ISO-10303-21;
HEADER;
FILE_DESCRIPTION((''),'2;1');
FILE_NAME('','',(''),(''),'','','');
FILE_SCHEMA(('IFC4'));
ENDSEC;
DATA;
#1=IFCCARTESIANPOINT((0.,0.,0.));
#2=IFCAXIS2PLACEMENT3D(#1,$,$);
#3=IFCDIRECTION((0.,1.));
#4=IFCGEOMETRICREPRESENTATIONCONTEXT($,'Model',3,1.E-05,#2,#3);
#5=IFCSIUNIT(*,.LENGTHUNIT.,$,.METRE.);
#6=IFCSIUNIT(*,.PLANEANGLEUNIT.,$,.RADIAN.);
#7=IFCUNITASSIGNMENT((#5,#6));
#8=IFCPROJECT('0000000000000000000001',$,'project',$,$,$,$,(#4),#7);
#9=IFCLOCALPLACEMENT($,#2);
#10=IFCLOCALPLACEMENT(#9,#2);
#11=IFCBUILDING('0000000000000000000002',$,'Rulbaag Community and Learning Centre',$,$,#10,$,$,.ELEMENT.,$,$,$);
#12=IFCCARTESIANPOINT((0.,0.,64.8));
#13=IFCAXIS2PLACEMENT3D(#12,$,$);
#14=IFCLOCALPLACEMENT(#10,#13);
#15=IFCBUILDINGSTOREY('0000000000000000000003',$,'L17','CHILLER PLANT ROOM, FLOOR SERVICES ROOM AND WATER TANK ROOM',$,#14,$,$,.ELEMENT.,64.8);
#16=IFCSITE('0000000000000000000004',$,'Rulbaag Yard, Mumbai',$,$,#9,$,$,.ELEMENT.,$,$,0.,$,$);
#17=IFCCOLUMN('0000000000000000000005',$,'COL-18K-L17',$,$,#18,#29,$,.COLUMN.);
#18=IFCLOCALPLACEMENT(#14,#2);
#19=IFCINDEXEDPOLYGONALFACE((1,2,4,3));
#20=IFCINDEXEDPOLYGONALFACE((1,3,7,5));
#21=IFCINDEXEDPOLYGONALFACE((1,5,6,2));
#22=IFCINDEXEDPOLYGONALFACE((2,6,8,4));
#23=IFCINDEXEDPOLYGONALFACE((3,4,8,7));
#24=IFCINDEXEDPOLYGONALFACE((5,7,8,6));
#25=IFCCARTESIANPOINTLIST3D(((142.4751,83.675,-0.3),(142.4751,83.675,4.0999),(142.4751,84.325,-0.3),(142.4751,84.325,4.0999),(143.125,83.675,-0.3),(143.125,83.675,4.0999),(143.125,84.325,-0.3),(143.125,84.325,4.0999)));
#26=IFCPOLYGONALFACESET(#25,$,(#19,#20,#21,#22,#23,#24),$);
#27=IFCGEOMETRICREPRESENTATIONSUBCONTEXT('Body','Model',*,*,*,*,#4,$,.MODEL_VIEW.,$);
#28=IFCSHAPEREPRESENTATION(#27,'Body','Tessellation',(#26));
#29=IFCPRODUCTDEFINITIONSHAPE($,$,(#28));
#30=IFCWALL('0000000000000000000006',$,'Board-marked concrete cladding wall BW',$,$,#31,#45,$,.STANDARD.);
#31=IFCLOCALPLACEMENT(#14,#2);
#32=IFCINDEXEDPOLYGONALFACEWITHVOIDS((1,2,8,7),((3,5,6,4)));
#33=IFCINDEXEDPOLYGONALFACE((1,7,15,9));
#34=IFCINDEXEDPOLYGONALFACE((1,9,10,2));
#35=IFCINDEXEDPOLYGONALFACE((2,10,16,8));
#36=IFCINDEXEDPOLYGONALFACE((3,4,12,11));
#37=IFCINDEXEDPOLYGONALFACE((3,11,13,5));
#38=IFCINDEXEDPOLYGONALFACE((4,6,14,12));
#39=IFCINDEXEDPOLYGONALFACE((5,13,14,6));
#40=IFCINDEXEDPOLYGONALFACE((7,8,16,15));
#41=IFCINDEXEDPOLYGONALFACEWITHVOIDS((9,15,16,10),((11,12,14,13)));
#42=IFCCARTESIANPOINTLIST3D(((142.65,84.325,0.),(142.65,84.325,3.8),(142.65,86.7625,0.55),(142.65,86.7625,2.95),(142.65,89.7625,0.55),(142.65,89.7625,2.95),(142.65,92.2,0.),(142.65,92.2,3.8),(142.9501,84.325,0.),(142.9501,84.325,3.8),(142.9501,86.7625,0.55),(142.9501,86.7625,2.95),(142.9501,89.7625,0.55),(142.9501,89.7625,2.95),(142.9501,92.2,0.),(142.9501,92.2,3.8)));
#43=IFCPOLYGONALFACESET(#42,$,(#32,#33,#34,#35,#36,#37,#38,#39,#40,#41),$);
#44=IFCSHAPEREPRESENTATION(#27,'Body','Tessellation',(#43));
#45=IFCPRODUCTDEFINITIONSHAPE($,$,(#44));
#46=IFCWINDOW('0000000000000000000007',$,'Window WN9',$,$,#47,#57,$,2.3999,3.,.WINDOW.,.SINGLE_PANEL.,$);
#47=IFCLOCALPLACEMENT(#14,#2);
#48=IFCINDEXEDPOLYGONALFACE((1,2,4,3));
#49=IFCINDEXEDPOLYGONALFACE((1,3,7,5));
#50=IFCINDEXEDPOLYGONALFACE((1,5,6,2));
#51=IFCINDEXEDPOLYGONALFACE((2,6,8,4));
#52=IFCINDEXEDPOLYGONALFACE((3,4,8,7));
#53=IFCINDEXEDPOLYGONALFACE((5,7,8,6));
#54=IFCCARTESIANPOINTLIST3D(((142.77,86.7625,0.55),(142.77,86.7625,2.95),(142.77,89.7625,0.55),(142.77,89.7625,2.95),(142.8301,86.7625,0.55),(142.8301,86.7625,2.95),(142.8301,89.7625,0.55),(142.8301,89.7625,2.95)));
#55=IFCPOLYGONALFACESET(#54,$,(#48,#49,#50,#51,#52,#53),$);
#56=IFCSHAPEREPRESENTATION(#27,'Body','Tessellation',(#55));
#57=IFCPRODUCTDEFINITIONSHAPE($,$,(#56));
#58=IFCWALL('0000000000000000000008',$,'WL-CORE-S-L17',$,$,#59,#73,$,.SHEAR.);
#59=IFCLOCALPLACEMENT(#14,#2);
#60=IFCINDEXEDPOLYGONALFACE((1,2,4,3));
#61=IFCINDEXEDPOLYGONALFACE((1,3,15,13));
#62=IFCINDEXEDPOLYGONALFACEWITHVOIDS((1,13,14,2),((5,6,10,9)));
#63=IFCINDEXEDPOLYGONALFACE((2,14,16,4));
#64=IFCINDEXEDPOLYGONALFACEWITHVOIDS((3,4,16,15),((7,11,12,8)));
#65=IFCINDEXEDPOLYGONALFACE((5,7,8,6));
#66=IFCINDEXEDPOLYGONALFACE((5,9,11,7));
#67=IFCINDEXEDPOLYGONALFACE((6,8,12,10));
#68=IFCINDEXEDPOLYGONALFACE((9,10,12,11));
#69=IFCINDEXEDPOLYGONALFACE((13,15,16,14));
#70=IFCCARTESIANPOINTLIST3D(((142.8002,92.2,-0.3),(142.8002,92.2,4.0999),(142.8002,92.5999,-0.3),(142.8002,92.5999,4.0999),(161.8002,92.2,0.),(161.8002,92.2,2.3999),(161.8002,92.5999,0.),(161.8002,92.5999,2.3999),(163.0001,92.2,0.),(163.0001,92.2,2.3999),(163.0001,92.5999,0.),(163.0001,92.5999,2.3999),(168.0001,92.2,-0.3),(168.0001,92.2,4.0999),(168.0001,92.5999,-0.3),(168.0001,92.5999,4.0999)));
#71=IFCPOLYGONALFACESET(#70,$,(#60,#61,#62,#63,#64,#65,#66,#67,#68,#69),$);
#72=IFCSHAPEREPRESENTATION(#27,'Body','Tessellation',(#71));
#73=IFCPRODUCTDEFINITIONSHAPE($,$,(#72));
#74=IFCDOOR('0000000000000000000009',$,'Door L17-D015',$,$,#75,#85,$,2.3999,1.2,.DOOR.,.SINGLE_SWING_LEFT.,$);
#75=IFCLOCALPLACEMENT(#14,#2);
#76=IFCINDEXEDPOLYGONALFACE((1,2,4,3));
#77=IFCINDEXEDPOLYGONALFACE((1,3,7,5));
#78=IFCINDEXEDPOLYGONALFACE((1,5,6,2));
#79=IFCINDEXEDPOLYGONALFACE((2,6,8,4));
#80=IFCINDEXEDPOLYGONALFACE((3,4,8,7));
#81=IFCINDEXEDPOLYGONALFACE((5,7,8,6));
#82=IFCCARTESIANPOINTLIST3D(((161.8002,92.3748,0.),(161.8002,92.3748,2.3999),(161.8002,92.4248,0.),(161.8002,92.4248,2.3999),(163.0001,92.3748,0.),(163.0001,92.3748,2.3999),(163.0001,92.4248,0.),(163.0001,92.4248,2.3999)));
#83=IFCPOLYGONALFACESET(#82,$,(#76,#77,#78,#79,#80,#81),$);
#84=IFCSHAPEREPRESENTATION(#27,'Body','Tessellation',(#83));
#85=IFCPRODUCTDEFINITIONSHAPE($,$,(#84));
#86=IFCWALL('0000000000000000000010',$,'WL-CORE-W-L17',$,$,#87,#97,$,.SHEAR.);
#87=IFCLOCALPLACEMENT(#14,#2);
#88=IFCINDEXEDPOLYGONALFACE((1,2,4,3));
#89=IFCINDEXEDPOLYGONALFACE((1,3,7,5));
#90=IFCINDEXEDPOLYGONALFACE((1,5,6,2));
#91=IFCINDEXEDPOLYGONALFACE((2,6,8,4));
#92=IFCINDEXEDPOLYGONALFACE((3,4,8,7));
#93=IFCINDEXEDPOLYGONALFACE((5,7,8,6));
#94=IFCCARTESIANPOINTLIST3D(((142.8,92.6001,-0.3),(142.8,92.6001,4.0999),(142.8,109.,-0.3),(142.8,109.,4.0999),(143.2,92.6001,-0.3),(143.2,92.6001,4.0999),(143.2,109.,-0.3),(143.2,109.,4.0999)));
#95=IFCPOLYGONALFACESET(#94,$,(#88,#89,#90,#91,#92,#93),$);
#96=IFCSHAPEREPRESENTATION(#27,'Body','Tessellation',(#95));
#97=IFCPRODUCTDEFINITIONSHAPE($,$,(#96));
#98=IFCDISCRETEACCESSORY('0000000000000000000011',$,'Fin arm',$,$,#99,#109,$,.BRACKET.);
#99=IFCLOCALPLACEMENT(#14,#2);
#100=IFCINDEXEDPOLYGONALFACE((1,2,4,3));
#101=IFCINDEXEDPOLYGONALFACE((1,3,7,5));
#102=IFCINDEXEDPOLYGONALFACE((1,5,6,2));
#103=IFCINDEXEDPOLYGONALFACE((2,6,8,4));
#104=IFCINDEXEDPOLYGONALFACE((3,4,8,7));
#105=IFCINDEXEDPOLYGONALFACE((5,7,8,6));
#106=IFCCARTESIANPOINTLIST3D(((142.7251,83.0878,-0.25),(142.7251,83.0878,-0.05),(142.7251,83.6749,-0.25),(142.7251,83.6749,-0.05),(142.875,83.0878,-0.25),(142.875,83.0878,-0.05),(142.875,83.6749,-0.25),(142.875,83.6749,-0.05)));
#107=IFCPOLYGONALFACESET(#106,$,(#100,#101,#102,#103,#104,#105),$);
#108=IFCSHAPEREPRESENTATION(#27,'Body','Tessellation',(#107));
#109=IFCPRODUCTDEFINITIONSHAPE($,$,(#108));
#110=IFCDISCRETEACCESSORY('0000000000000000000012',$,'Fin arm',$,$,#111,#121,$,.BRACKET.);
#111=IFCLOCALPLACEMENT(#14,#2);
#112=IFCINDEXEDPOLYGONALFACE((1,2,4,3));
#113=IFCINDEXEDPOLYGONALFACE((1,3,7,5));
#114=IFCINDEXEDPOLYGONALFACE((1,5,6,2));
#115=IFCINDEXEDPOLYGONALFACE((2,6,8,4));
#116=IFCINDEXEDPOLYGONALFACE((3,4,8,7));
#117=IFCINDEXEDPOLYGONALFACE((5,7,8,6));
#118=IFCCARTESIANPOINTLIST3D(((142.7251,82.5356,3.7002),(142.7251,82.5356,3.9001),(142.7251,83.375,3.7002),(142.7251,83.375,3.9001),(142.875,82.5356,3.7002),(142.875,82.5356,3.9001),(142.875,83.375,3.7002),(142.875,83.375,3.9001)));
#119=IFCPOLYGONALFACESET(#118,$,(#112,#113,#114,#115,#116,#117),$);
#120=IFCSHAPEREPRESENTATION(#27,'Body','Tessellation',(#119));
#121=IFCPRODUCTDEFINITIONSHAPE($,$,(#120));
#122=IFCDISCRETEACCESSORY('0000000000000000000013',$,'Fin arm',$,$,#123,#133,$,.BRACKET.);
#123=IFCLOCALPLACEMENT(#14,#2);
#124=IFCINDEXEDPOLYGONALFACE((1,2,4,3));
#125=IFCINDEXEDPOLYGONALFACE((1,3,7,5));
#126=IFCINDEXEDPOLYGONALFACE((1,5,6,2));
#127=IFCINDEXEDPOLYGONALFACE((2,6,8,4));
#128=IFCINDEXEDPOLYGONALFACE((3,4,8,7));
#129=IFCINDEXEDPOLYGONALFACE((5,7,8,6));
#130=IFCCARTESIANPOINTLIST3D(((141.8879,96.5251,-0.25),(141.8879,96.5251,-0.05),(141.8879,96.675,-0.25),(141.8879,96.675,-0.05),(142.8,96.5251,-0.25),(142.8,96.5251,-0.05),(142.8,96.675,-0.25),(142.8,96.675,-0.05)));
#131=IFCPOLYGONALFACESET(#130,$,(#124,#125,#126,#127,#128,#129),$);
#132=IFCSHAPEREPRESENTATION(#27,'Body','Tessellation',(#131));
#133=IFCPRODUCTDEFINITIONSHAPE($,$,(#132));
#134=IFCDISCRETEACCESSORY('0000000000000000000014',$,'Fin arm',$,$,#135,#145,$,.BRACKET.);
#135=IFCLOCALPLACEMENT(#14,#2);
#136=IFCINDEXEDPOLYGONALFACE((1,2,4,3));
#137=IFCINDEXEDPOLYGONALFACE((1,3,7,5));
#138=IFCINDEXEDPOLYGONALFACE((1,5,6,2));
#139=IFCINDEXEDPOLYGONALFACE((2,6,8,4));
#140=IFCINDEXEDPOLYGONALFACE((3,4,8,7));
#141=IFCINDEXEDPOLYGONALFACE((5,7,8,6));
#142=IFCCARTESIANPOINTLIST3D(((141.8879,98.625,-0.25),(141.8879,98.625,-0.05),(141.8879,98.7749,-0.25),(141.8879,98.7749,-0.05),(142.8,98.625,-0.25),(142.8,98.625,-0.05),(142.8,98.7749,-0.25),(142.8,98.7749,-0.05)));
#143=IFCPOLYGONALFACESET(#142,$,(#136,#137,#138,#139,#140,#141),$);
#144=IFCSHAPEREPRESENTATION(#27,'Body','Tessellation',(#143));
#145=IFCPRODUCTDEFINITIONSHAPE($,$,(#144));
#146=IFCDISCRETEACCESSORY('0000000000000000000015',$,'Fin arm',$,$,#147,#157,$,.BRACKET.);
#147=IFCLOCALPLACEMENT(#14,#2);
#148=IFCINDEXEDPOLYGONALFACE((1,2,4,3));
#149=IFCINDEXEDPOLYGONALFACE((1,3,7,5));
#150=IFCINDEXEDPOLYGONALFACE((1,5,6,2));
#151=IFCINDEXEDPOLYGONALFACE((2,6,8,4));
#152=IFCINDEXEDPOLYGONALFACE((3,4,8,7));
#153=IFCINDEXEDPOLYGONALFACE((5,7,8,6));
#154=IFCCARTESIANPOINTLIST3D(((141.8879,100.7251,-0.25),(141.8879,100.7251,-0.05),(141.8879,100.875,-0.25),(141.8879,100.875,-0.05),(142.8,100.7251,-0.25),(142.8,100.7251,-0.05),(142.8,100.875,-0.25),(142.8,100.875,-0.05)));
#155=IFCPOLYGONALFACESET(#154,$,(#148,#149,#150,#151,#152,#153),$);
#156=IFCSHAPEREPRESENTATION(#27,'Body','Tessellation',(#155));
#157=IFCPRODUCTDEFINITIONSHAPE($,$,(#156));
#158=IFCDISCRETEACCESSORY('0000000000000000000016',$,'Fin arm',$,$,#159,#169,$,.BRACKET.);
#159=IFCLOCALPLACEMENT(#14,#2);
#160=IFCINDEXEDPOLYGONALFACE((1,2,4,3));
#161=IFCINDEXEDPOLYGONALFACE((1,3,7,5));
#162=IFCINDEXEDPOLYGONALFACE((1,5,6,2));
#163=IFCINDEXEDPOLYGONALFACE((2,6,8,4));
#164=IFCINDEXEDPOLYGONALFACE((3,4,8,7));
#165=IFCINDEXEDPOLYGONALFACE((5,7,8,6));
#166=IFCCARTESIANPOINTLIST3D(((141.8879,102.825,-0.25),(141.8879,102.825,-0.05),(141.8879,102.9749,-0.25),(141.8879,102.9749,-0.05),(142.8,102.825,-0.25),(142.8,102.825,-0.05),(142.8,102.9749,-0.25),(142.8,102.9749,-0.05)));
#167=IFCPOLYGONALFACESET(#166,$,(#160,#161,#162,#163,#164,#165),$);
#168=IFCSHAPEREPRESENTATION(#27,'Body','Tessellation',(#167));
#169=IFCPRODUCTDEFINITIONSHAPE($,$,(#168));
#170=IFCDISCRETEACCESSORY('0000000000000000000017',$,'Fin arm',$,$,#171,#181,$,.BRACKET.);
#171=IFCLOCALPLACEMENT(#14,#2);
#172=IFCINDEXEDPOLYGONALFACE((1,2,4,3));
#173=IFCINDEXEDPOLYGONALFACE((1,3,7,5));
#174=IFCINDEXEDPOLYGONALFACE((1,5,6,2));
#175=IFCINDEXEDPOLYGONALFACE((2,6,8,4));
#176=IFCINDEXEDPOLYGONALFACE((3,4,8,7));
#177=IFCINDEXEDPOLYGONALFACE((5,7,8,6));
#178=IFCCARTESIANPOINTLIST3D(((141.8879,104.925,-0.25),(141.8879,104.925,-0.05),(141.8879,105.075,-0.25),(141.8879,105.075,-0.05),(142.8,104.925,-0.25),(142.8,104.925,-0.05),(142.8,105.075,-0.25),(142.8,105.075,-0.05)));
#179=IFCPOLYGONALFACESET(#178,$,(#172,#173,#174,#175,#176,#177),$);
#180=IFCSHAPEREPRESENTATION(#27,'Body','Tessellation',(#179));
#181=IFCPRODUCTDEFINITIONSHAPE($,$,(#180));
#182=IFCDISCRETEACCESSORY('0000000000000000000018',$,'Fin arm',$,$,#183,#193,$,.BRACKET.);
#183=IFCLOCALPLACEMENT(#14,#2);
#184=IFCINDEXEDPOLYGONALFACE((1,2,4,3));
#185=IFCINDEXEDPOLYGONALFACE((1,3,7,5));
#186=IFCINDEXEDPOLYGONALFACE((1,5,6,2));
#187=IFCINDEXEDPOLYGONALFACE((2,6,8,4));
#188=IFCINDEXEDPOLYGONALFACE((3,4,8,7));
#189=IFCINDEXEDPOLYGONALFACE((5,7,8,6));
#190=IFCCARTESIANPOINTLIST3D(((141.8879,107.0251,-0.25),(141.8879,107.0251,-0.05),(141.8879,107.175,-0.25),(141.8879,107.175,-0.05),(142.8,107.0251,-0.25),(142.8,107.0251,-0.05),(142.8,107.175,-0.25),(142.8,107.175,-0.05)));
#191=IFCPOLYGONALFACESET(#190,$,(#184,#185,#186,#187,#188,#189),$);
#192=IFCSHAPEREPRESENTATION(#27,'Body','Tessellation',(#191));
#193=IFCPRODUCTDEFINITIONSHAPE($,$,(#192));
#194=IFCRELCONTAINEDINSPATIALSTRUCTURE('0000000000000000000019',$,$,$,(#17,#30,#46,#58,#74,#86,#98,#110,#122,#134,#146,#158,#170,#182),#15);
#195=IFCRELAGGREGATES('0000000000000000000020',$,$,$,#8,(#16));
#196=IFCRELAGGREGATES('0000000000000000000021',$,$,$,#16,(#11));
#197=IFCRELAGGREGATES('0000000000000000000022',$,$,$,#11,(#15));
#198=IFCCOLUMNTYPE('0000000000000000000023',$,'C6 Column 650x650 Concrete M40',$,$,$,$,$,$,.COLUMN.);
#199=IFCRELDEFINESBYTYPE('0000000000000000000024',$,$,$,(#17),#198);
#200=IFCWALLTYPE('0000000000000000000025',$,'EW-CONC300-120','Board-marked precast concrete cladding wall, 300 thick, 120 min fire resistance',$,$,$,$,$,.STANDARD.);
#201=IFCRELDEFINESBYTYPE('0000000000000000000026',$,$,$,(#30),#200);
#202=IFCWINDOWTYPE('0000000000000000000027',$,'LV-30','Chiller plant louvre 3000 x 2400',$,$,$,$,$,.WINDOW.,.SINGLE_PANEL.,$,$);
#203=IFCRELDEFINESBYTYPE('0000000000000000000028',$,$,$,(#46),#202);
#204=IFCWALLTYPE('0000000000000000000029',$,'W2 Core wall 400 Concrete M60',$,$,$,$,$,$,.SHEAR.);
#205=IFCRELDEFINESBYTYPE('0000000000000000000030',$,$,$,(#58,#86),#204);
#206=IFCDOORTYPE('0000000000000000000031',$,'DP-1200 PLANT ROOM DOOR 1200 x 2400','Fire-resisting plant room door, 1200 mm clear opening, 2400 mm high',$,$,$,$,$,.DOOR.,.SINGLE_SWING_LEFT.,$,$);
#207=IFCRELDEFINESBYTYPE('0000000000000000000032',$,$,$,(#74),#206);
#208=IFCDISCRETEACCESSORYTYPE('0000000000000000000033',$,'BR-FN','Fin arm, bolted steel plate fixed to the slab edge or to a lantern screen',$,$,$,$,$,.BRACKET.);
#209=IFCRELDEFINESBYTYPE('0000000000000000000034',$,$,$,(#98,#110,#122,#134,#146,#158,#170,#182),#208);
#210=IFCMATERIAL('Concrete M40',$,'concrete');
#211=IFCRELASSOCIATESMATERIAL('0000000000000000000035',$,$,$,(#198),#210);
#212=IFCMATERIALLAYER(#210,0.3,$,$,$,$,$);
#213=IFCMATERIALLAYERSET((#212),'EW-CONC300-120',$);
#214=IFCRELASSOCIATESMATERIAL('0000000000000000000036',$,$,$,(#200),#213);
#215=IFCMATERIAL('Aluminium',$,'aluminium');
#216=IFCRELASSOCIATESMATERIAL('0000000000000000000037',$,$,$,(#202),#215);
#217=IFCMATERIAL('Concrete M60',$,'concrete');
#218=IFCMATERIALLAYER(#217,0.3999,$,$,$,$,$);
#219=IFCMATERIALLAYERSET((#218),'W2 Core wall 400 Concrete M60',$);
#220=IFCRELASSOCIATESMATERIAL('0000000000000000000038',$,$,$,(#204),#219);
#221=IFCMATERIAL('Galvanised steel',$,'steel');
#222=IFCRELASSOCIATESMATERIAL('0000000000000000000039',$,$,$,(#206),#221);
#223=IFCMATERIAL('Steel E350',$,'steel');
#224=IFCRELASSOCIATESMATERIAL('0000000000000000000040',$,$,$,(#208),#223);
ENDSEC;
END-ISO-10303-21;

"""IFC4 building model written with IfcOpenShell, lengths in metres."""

from ifc_helpers import new_model, si_unit, direction, frame, frame_2d, origin, origin_2d, place, context, subcontext, project, spatial, rectangle, extrude, material, layer, layer_set, material_profile, profile_set, type_object, element, fill, save


model = new_model("IFC4")

# Units and contexts
model_context = context("Model", 3, precision=1e-05, world=origin(), true_north=direction((0.0, 1.0)))
body_context = subcontext(model_context, "Body", "Model", "MODEL_VIEW")
ifc_project = project(units=[si_unit("LENGTHUNIT", "METRE"), si_unit("PLANEANGLEUNIT", "RADIAN")], contexts=[model_context])

# Site, building, storey
site_placement = place(None, origin())
site = spatial("IfcSite", under=ifc_project, at=site_placement, Name="Rulbaag Yard, Mumbai", CompositionType="ELEMENT", RefElevation=0.0)
building_placement = place(site_placement, origin())
building = spatial("IfcBuilding", under=site, at=building_placement, Name="Rulbaag Community and Learning Centre", CompositionType="ELEMENT")
storey_placement = place(building_placement, frame((0.0, 0.0, 64.8)))
storey = spatial("IfcBuildingStorey", under=building, at=storey_placement, Name="L17", Description="CHILLER PLANT ROOM, FLOOR SERVICES ROOM AND WATER TANK ROOM", CompositionType="ELEMENT", Elevation=64.8)

# Column
ifc_material_1 = material(Name="Concrete M40", Category="concrete")
ifc_material_profile = material_profile(ifc_material_1, rectangle(XDim=0.6499, YDim=0.6499, at=origin_2d()), Name="RC650x650")
ifc_profile_set = profile_set([ifc_material_profile], Name="Concrete M40")
column_type = type_object("IfcColumnType", Name="C6 Column 650x650 Concrete M40", PredefinedType="COLUMN", material=ifc_profile_set)
column_placement = place(storey_placement, frame((142.8, 84.0, -0.3), z_axis=(0.0, 0.0, 1.0), x_axis=(1.0, 0.0, 0.0)))
element("IfcColumn", 1, at=column_placement, inside=storey, type_object=column_type, Name="COL-18K-L17", PredefinedType="COLUMN", context=body_context, shape_type="SweptSolid", body=[
    extrude(rectangle(XDim=0.6499, YDim=0.6499, at=origin_2d()), origin(), (0.0, 0.0, 1.0), 4.3999),
])

# Wall, opening, window
ifc_layer_1 = layer(ifc_material_1, 0.3)
ifc_layer_set_1 = layer_set([ifc_layer_1], Name="EW-CONC300-120")
wall_type_1 = type_object("IfcWallType", Name="EW-CONC300-120", Description="Board-marked precast concrete cladding wall, 300 thick, 120 min fire resistance", PredefinedType="STANDARD", material=ifc_layer_set_1)
wall_1_placement = place(storey_placement, frame((142.8, 84.325, 0.0), z_axis=(0.0, 0.0, 1.0), x_axis=(0.0, 1.0, 0.0)))
wall_1 = element("IfcWall", 2, at=wall_1_placement, inside=storey, type_object=wall_type_1, Name="Board-marked concrete cladding wall BW", PredefinedType="STANDARD", context=body_context, shape_type="SweptSolid", body=[
    extrude(rectangle(XDim=7.875, YDim=0.3, at=frame_2d((3.9375, 0.0))), origin(), (0.0, 0.0, 1.0), 3.8),
])
opening_1_placement = place(wall_1_placement, frame((2.4375, 0.0, 0.55)))
opening_1 = element("IfcOpeningElement", 3, at=opening_1_placement, cuts=wall_1, PredefinedType="OPENING", context=body_context, shape_type="SweptSolid", body=[
    extrude(rectangle(XDim=3.0, YDim=2.3999, at=frame_2d((1.5, 1.2))), frame((0.0, 0.1599, 0.0), z_axis=(0.0, -1.0, 0.0), x_axis=(1.0, 0.0, 0.0)), (0.0, 0.0, 1.0), 0.3201),
])
ifc_material_2 = material(Name="Aluminium", Category="aluminium")
window_type = type_object("IfcWindowType", Name="LV-30", Description="Chiller plant louvre 3000 x 2400", PartitioningType="SINGLE_PANEL", PredefinedType="WINDOW", material=ifc_material_2)
window_placement = place(opening_1_placement, origin())
window = element("IfcWindow", 4, at=window_placement, inside=storey, type_object=window_type, Name="Window WN9", OverallHeight=2.3999, OverallWidth=3.0, PartitioningType="SINGLE_PANEL", PredefinedType="WINDOW", context=body_context, shape_type="SweptSolid", body=[
    extrude(rectangle(XDim=3.0, YDim=2.3999, at=frame_2d((1.5, 1.2))), frame((0.0, 0.03, 0.0), z_axis=(0.0, -1.0, 0.0), x_axis=(1.0, 0.0, 0.0)), (0.0, 0.0, 1.0), 0.0601),
])
fill(opening_1, window)

# Wall, opening, door
ifc_material_3 = material(Name="Concrete M60", Category="concrete")
ifc_layer_2 = layer(ifc_material_3, 0.3999)
ifc_layer_set_2 = layer_set([ifc_layer_2], Name="W2 Core wall 400 Concrete M60")
wall_type_2 = type_object("IfcWallType", Name="W2 Core wall 400 Concrete M60", PredefinedType="SHEAR", material=ifc_layer_set_2)
wall_2_placement = place(storey_placement, frame((142.8, 92.3999, -0.3), z_axis=(0.0, 0.0, 1.0), x_axis=(1.0, 0.0, 0.0)))
wall_2 = element("IfcWall", 5, at=wall_2_placement, inside=storey, type_object=wall_type_2, Name="WL-CORE-S-L17", PredefinedType="SHEAR", context=body_context, shape_type="SweptSolid", body=[
    extrude(rectangle(XDim=25.2, YDim=0.3999, at=frame_2d((12.6001, 0.0))), origin(), (0.0, 0.0, 1.0), 4.3999),
])
opening_2_placement = place(wall_2_placement, frame((19.0, 0.0, 0.3)))
opening_2 = element("IfcOpeningElement", 6, at=opening_2_placement, cuts=wall_2, PredefinedType="OPENING", context=body_context, shape_type="SweptSolid", body=[
    extrude(rectangle(XDim=1.2, YDim=2.3999, at=frame_2d((0.6001, 1.2))), frame((0.0, 0.21, 0.0), z_axis=(0.0, -1.0, 0.0), x_axis=(1.0, 0.0, 0.0)), (0.0, 0.0, 1.0), 0.4199),
])
ifc_material_4 = material(Name="Galvanised steel", Category="steel")
door_type = type_object("IfcDoorType", Name="DP-1200 PLANT ROOM DOOR 1200 x 2400", Description="Fire-resisting plant room door, 1200 mm clear opening, 2400 mm high", OperationType="SINGLE_SWING_LEFT", PredefinedType="DOOR", material=ifc_material_4)
door_placement = place(opening_2_placement, origin())
door = element("IfcDoor", 7, at=door_placement, inside=storey, type_object=door_type, Name="Door L17-D015", OperationType="SINGLE_SWING_LEFT", OverallHeight=2.3999, OverallWidth=1.2, PredefinedType="DOOR", context=body_context, shape_type="SweptSolid", body=[
    extrude(rectangle(XDim=1.2, YDim=2.3999, at=frame_2d((0.6001, 1.2))), frame((0.0, 0.0249, 0.0), z_axis=(0.0, -1.0, 0.0), x_axis=(1.0, 0.0, 0.0)), (0.0, 0.0, 1.0), 0.05),
])
fill(opening_2, door)

# Wall
wall_3_placement = place(storey_placement, frame((143.0, 92.6001, -0.3), z_axis=(0.0, 0.0, 1.0), x_axis=(0.0, 1.0, 0.0)))
element("IfcWall", 8, at=wall_3_placement, inside=storey, type_object=wall_type_2, Name="WL-CORE-W-L17", PredefinedType="SHEAR", context=body_context, shape_type="SweptSolid", body=[
    extrude(rectangle(XDim=16.3999, YDim=0.3999, at=frame_2d((8.2, 0.0))), origin(), (0.0, 0.0, 1.0), 4.3999),
])

# Discrete accessories
ifc_material_5 = material(Name="Steel E350", Category="steel")
discrete_accessory_type_1 = type_object("IfcDiscreteAccessoryType", Name="BR-FN", Description="Fin arm, bolted steel plate fixed to the slab edge or to a lantern screen", PredefinedType="BRACKET", material=ifc_material_5)
discrete_accessory_1_placement = place(storey_placement, frame((142.8, 83.3813, -0.25), z_axis=(0.0, 0.0, 1.0), x_axis=(1.0, 0.0, 0.0)))
element("IfcDiscreteAccessory", 9, at=discrete_accessory_1_placement, inside=storey, type_object=discrete_accessory_type_1, Name="Fin arm", PredefinedType="BRACKET", context=body_context, shape_type="SweptSolid", body=[
    extrude(rectangle(XDim=0.1499, YDim=0.5872, at=origin_2d()), origin(), (0.0, 0.0, 1.0), 0.2),
])
discrete_accessory_2_placement = place(storey_placement, frame((142.8, 82.9553, 3.7002), z_axis=(0.0, 0.0, 1.0), x_axis=(1.0, 0.0, 0.0)))
element("IfcDiscreteAccessory", 10, at=discrete_accessory_2_placement, inside=storey, type_object=discrete_accessory_type_1, Name="Fin arm", PredefinedType="BRACKET", context=body_context, shape_type="SweptSolid", body=[
    extrude(rectangle(XDim=0.1499, YDim=0.8394, at=origin_2d()), origin(), (0.0, 0.0, 1.0), 0.2),
])
for number, where, z_axis, x_axis, name in (
    (11, (142.344, 96.6001, -0.25), (0.0, 0.0, 1.0), (1.0, 0.0, 0.0), "Fin arm"),
    (12, (142.344, 98.7, -0.25), (0.0, 0.0, 1.0), (1.0, 0.0, 0.0), "Fin arm"),
    (13, (142.344, 100.8, -0.25), (0.0, 0.0, 1.0), (1.0, 0.0, 0.0), "Fin arm"),
    (14, (142.344, 102.8999, -0.25), (0.0, 0.0, 1.0), (1.0, 0.0, 0.0), "Fin arm"),
    (15, (142.344, 105.0, -0.25), (0.0, 0.0, 1.0), (1.0, 0.0, 0.0), "Fin arm"),
    (16, (142.344, 107.1001, -0.25), (0.0, 0.0, 1.0), (1.0, 0.0, 0.0), "Fin arm"),
):
    element("IfcDiscreteAccessory", number, at=place(storey_placement, frame(where, z_axis=z_axis, x_axis=x_axis)), inside=storey, type_object=discrete_accessory_type_1, Name=name, PredefinedType="BRACKET", context=body_context, shape_type="SweptSolid", body=[
        extrude(rectangle(XDim=0.9121, YDim=0.1499, at=origin_2d()), origin(), (0.0, 0.0, 1.0), 0.2),
    ])

save(model, "model.ifc")
